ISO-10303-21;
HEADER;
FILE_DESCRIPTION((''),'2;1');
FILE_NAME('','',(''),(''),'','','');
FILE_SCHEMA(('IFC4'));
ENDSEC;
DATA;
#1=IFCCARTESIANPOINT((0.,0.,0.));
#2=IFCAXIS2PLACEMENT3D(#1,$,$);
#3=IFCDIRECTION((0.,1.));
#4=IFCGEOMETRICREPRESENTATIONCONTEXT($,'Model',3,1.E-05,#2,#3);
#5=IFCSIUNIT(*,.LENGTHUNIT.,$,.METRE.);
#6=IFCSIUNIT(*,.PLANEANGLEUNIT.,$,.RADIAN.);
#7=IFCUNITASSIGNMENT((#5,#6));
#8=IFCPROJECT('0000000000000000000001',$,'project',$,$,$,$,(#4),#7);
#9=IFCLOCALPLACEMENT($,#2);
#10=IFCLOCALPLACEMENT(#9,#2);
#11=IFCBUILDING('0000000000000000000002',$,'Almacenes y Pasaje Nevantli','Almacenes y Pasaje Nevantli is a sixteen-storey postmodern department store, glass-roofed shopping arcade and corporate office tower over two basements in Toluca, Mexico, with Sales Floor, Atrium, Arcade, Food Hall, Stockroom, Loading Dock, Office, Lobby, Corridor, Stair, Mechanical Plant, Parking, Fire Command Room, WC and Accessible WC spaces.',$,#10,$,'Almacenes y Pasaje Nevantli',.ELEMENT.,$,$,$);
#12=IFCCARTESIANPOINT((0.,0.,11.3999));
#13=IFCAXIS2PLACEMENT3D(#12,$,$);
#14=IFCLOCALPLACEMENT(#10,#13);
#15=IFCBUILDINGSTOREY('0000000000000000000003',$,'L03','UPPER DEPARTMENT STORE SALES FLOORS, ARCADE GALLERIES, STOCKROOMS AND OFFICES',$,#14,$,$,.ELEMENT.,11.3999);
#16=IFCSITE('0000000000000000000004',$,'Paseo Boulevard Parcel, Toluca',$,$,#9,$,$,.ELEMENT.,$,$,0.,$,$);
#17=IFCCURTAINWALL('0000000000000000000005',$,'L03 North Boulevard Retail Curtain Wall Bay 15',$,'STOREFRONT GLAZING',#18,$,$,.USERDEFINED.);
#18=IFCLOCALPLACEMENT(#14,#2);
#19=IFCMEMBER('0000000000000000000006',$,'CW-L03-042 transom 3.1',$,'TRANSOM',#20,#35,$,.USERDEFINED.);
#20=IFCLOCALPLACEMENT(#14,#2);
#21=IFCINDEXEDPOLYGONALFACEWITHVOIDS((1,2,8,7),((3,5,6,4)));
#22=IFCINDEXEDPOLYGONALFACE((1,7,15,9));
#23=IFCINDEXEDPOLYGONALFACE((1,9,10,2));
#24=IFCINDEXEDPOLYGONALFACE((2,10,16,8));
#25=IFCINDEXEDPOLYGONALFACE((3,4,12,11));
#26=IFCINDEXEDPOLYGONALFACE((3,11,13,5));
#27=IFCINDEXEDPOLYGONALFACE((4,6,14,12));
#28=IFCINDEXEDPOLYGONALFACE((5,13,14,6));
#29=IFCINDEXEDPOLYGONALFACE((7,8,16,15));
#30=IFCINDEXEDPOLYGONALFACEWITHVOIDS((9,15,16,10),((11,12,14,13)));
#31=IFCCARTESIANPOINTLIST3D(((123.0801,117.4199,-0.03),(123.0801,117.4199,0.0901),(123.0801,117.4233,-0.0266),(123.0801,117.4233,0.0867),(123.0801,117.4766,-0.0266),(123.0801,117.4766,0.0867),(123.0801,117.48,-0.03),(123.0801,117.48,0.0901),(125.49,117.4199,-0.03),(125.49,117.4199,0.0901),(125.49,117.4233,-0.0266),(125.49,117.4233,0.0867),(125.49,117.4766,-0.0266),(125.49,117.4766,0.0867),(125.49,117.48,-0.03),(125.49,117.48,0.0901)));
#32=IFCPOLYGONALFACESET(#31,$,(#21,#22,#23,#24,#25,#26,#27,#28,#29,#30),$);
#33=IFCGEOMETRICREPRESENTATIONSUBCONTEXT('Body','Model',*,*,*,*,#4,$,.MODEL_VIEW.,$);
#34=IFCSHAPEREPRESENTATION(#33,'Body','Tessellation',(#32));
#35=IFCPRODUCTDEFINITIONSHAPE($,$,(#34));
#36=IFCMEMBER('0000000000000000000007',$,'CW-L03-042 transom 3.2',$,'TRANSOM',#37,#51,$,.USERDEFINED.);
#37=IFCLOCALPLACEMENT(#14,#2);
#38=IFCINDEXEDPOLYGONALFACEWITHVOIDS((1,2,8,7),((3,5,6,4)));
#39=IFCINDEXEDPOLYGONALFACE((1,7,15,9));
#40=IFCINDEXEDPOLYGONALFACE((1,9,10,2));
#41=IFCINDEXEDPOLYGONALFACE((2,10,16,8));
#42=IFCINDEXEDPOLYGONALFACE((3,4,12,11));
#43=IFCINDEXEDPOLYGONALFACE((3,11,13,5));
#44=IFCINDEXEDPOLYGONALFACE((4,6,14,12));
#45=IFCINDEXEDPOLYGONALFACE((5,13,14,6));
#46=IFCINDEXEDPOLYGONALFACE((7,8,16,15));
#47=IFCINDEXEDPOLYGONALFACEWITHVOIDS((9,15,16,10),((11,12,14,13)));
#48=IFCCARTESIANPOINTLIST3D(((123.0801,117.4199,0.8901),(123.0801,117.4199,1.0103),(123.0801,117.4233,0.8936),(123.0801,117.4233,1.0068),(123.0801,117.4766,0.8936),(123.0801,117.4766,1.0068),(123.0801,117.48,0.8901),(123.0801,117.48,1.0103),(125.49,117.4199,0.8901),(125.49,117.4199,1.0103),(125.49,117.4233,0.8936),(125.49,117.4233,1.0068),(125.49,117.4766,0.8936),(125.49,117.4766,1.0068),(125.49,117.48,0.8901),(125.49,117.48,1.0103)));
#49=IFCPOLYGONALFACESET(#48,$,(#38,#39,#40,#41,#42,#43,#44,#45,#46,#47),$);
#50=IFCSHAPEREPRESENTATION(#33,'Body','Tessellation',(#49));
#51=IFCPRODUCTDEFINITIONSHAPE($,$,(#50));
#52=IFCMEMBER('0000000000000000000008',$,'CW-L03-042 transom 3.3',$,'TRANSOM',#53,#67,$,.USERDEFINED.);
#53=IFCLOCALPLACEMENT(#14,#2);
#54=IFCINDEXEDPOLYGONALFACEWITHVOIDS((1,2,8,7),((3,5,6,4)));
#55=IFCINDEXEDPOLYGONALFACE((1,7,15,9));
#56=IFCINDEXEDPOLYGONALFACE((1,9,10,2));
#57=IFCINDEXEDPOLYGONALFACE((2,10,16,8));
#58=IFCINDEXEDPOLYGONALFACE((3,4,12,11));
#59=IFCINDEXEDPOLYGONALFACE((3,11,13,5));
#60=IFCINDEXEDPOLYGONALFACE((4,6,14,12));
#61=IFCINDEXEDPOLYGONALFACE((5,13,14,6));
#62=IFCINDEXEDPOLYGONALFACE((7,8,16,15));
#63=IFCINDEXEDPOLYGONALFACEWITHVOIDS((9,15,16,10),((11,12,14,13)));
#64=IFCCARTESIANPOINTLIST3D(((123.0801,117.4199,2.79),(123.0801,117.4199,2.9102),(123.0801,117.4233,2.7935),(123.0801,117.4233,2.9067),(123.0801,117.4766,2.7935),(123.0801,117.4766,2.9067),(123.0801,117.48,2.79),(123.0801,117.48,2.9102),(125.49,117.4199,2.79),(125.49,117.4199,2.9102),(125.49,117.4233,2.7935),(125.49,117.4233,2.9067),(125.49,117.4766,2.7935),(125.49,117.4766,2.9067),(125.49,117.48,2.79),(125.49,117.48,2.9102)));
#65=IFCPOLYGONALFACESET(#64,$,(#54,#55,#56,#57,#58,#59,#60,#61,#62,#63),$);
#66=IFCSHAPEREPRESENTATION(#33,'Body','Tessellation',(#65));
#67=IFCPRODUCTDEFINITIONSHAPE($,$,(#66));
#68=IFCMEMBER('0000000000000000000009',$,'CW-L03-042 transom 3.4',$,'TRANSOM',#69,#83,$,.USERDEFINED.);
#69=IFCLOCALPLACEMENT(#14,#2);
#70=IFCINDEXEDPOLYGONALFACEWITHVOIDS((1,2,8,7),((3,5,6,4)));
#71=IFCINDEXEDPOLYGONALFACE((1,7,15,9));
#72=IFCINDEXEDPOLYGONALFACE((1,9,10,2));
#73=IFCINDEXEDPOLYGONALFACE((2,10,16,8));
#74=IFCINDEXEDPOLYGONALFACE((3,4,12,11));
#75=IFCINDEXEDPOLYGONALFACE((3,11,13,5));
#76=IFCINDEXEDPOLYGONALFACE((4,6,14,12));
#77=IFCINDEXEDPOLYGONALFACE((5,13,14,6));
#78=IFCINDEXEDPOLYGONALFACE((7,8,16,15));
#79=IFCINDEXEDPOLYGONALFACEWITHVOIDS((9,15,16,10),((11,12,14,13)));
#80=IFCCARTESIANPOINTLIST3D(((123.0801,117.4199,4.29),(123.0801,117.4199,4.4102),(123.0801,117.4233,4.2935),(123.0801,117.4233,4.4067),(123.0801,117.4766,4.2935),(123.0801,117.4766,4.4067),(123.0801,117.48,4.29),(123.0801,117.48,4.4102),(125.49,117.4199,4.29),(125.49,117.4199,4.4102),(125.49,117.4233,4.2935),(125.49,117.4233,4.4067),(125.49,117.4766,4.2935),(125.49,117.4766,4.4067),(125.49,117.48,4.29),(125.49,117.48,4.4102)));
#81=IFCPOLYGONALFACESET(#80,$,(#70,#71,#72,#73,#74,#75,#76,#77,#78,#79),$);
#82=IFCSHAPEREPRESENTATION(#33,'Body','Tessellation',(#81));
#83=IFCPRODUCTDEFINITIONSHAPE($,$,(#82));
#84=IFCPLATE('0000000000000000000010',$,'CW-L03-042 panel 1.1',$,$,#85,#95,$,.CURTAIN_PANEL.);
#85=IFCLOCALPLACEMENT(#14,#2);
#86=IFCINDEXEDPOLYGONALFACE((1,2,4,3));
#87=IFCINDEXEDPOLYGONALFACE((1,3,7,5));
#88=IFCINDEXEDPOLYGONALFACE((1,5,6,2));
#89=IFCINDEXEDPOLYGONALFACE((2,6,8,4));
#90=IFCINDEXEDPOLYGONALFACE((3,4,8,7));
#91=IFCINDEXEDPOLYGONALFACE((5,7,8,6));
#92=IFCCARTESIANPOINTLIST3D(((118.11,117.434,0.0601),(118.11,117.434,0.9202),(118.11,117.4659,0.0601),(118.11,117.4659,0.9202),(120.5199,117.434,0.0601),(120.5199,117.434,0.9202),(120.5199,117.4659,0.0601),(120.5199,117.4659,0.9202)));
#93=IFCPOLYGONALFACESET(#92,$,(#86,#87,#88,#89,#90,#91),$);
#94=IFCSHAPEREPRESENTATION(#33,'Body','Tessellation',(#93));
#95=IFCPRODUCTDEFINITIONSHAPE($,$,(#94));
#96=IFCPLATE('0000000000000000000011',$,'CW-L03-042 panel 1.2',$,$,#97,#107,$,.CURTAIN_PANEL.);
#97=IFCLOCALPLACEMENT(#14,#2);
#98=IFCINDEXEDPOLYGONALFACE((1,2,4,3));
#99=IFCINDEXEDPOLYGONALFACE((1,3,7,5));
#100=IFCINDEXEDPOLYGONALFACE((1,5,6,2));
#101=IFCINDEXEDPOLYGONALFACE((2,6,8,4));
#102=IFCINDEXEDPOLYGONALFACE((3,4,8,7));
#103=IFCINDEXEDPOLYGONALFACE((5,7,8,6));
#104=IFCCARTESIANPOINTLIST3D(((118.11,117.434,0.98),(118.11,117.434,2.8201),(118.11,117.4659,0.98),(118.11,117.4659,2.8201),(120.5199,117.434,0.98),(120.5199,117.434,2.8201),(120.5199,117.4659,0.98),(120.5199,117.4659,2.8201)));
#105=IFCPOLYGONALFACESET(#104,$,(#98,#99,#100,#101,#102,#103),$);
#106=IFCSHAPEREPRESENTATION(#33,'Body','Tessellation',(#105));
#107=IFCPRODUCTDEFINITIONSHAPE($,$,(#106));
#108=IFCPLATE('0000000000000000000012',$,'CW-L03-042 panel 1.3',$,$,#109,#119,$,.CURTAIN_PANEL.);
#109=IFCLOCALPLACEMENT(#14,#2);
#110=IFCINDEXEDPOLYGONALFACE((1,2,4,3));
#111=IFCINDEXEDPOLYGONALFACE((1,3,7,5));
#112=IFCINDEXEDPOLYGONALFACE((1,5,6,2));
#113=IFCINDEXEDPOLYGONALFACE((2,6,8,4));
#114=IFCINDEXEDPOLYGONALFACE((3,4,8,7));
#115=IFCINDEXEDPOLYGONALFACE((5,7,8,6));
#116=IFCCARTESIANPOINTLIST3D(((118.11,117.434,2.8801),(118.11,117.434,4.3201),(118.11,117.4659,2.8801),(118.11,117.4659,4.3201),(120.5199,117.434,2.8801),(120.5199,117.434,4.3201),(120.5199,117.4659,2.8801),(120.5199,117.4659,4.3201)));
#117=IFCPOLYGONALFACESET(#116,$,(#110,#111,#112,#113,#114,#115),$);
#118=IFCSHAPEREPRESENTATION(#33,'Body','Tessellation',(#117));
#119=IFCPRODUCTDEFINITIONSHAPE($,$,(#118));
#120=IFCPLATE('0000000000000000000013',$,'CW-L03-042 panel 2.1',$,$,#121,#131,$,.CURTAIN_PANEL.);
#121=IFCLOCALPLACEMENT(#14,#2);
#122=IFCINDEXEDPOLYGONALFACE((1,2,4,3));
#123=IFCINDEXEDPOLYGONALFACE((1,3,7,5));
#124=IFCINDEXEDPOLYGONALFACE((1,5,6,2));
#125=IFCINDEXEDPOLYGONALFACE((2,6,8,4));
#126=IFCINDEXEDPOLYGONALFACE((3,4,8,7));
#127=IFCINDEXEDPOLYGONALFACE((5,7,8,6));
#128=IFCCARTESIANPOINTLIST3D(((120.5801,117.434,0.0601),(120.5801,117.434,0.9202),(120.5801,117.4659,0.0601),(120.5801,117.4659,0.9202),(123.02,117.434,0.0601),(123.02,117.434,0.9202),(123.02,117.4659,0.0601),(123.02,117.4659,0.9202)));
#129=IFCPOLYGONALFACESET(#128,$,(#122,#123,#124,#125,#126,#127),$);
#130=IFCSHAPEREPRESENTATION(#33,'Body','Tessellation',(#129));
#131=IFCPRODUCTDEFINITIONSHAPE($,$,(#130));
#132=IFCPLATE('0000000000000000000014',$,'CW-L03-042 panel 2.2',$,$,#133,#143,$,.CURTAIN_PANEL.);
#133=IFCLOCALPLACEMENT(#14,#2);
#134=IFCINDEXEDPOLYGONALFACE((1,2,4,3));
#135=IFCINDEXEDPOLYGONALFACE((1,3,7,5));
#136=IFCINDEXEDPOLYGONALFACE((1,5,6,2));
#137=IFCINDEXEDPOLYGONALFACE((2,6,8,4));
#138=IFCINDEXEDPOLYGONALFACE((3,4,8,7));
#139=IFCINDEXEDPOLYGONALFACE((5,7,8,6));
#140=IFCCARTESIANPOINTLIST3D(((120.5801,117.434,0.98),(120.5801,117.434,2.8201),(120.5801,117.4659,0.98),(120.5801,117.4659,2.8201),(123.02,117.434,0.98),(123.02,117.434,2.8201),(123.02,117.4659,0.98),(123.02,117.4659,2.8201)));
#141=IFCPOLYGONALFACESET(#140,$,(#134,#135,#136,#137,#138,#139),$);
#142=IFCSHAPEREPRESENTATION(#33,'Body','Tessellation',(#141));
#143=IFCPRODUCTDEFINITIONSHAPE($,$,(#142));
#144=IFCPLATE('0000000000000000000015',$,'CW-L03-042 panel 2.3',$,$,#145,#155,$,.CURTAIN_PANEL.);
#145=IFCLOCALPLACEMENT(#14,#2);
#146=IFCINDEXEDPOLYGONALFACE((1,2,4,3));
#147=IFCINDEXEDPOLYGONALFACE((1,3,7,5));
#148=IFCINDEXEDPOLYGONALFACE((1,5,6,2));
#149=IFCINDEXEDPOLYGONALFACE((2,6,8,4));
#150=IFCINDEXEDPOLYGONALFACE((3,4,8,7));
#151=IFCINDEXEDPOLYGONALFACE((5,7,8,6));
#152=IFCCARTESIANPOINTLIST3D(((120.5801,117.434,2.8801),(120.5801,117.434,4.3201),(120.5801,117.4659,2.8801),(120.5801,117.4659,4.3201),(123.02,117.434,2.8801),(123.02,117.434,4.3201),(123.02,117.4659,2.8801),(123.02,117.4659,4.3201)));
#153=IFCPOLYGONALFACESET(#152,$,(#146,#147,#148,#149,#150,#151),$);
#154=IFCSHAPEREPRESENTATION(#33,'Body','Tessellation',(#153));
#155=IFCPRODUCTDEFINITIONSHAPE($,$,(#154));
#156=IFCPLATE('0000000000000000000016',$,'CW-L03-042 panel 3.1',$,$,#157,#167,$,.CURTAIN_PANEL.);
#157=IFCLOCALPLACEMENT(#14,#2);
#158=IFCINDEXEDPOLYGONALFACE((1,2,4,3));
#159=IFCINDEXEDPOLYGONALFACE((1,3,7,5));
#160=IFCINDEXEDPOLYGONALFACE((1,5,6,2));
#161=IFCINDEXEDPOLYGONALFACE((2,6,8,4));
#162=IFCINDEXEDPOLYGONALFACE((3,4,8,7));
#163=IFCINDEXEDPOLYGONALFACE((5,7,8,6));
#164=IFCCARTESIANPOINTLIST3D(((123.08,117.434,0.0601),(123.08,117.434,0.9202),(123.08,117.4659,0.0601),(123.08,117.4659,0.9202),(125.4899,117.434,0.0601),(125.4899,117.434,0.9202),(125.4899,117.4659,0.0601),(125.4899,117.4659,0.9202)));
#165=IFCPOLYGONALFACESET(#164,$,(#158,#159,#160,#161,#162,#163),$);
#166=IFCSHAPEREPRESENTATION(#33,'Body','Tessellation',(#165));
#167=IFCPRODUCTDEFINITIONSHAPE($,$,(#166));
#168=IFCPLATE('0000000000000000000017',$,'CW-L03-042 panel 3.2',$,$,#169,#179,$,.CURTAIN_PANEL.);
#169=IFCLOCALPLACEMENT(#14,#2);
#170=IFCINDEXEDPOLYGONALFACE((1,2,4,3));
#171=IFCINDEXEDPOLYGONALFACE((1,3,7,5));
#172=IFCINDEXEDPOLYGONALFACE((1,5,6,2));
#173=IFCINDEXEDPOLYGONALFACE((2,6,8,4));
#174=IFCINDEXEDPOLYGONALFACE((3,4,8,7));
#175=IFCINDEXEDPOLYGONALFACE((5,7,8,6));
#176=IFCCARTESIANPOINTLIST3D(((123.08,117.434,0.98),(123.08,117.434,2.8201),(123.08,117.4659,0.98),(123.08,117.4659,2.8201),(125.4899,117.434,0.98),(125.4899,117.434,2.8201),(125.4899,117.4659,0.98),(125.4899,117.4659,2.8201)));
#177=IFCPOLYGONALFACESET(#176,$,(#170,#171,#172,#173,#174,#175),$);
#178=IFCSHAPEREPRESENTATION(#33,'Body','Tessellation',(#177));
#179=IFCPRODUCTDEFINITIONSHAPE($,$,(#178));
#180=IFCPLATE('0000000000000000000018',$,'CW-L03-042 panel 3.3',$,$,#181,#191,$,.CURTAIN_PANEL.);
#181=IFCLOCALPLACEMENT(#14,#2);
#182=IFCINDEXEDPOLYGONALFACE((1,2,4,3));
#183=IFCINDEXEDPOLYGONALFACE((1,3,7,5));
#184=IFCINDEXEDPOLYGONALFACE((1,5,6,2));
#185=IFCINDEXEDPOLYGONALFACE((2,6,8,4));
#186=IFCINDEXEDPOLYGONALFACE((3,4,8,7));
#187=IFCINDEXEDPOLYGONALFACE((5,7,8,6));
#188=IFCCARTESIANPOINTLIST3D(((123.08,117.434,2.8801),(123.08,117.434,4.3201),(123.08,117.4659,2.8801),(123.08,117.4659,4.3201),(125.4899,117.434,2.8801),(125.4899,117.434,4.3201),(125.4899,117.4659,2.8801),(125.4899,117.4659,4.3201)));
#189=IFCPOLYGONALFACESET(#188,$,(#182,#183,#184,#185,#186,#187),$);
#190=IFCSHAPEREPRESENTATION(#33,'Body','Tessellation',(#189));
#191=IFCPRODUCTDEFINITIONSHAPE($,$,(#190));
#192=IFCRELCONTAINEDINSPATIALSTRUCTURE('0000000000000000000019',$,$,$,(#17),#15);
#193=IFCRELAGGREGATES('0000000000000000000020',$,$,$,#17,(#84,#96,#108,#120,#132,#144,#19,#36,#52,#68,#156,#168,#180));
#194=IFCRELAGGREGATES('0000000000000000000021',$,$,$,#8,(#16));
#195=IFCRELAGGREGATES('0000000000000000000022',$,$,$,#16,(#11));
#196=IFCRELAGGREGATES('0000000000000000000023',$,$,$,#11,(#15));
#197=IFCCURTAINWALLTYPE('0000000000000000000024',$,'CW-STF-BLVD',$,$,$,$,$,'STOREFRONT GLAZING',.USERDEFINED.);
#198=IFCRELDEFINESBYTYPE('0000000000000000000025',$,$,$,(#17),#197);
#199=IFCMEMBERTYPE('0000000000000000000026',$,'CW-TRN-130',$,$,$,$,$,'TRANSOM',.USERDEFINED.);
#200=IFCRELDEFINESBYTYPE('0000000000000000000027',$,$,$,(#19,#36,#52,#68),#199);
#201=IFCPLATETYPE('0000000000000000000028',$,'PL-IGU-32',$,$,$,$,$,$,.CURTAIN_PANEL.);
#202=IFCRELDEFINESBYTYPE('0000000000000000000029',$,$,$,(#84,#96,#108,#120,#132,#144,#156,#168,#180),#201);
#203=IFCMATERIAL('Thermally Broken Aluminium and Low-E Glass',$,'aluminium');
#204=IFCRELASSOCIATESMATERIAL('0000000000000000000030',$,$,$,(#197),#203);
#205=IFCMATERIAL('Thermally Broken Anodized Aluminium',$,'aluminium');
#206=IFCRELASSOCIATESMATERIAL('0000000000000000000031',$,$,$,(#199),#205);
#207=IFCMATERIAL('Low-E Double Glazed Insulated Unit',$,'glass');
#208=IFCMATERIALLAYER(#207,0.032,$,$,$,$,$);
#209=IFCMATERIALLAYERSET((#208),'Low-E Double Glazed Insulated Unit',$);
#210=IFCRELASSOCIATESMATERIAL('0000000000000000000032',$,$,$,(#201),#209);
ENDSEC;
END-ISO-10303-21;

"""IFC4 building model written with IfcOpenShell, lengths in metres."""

from ifc_helpers import new_model, si_unit, direction, frame, origin, origin_2d, place, context, subcontext, project, spatial, rectangle, hollow_rectangle, extrude, material, layer, layer_set, material_profile, profile_set, type_object, element, aggregate, save


model = new_model("IFC4")

# Units and contexts
model_context = context("Model", 3, precision=1e-05, world=origin(), true_north=direction((0.0, 1.0)))
body_context = subcontext(model_context, "Body", "Model", "MODEL_VIEW")
ifc_project = project(units=[si_unit("LENGTHUNIT", "METRE"), si_unit("PLANEANGLEUNIT", "RADIAN")], contexts=[model_context])

# Site, building, storey
site_placement = place(None, origin())
site = spatial("IfcSite", under=ifc_project, at=site_placement, Name="Paseo Boulevard Parcel, Toluca", CompositionType="ELEMENT", RefElevation=0.0)
building_placement = place(site_placement, origin())
building = spatial("IfcBuilding", under=site, at=building_placement, Name="Almacenes y Pasaje Nevantli", Description="Almacenes y Pasaje Nevantli is a sixteen-storey postmodern department store, glass-roofed shopping arcade and corporate office tower over two basements in Toluca, Mexico, with Sales Floor, Atrium, Arcade, Food Hall, Stockroom, Loading Dock, Office, Lobby, Corridor, Stair, Mechanical Plant, Parking, Fire Command Room, WC and Accessible WC spaces.", LongName="Almacenes y Pasaje Nevantli", CompositionType="ELEMENT")
storey_placement = place(building_placement, frame((0.0, 0.0, 11.3999)))
storey = spatial("IfcBuildingStorey", under=building, at=storey_placement, Name="L03", Description="UPPER DEPARTMENT STORE SALES FLOORS, ARCADE GALLERIES, STOCKROOMS AND OFFICES", CompositionType="ELEMENT", Elevation=11.3999)

# Curtain wall, members, plates
ifc_material_1 = material(Name="Thermally Broken Aluminium and Low-E Glass", Category="aluminium")
curtain_wall_type = type_object("IfcCurtainWallType", Name="CW-STF-BLVD", ElementType="STOREFRONT GLAZING", PredefinedType="USERDEFINED", material=ifc_material_1)
curtain_wall_placement = place(storey_placement, origin())
curtain_wall = element("IfcCurtainWall", 1, at=curtain_wall_placement, inside=storey, type_object=curtain_wall_type, Name="L03 North Boulevard Retail Curtain Wall Bay 15", ObjectType="STOREFRONT GLAZING", PredefinedType="USERDEFINED")
ifc_material_2 = material(Name="Thermally Broken Anodized Aluminium", Category="aluminium")
ifc_material_profile_1 = material_profile(ifc_material_2, hollow_rectangle(XDim=0.0601, YDim=0.1201, WallThickness=0.0034, at=origin_2d()), Name="ALU-TRN-60x120")
ifc_profile_set_1 = profile_set([ifc_material_profile_1], Name="Thermally Broken Anodized Aluminium")
member_type_1 = type_object("IfcMemberType", Name="CW-TRN-130", ElementType="TRANSOM", PredefinedType="USERDEFINED", material=ifc_profile_set_1)
member_1_placement = place(storey_placement, frame((123.0801, 117.45, 0.03), z_axis=(1.0, 0.0, 0.0), x_axis=(0.0, 1.0, 0.0)))
member_1 = element("IfcMember", 2, at=member_1_placement, type_object=member_type_1, Name="CW-L03-042 transom 3.1", ObjectType="TRANSOM", PredefinedType="USERDEFINED", context=body_context, shape_type="SweptSolid", body=[
    extrude(hollow_rectangle(XDim=0.0601, YDim=0.1201, WallThickness=0.0034, at=origin_2d()), origin(), (0.0, 0.0, 1.0), 2.4099),
])
member_2_placement = place(storey_placement, frame((123.0801, 117.45, 0.9502), z_axis=(1.0, 0.0, 0.0), x_axis=(0.0, 1.0, 0.0)))
member_2 = element("IfcMember", 3, at=member_2_placement, type_object=member_type_1, Name="CW-L03-042 transom 3.2", ObjectType="TRANSOM", PredefinedType="USERDEFINED", context=body_context, shape_type="SweptSolid", body=[
    extrude(hollow_rectangle(XDim=0.0601, YDim=0.1201, WallThickness=0.0034, at=origin_2d()), origin(), (0.0, 0.0, 1.0), 2.4099),
])
member_3_placement = place(storey_placement, frame((123.0801, 117.45, 2.8501), z_axis=(1.0, 0.0, 0.0), x_axis=(0.0, 1.0, 0.0)))
member_3 = element("IfcMember", 4, at=member_3_placement, type_object=member_type_1, Name="CW-L03-042 transom 3.3", ObjectType="TRANSOM", PredefinedType="USERDEFINED", context=body_context, shape_type="SweptSolid", body=[
    extrude(hollow_rectangle(XDim=0.0601, YDim=0.1201, WallThickness=0.0034, at=origin_2d()), origin(), (0.0, 0.0, 1.0), 2.4099),
])
member_4_placement = place(storey_placement, frame((123.0801, 117.45, 4.3501), z_axis=(1.0, 0.0, 0.0), x_axis=(0.0, 1.0, 0.0)))
member_4 = element("IfcMember", 5, at=member_4_placement, type_object=member_type_1, Name="CW-L03-042 transom 3.4", ObjectType="TRANSOM", PredefinedType="USERDEFINED", context=body_context, shape_type="SweptSolid", body=[
    extrude(hollow_rectangle(XDim=0.0601, YDim=0.1201, WallThickness=0.0034, at=origin_2d()), origin(), (0.0, 0.0, 1.0), 2.4099),
])
ifc_material_3 = material(Name="Low-E Double Glazed Insulated Unit", Category="glass")
ifc_layer_1 = layer(ifc_material_3, 0.032)
ifc_layer_set_1 = layer_set([ifc_layer_1], Name="Low-E Double Glazed Insulated Unit")
plate_type = type_object("IfcPlateType", Name="PL-IGU-32", PredefinedType="CURTAIN_PANEL", material=ifc_layer_set_1)
plate_1_placement = place(storey_placement, frame((119.3149, 117.45, 0.0601), z_axis=(0.0, 0.0, 1.0), x_axis=(1.0, 0.0, 0.0)))
plate_1 = element("IfcPlate", 6, at=plate_1_placement, type_object=plate_type, Name="CW-L03-042 panel 1.1", PredefinedType="CURTAIN_PANEL", context=body_context, shape_type="SweptSolid", body=[
    extrude(rectangle(XDim=2.4099, YDim=0.032, at=origin_2d()), origin(), (0.0, 0.0, 1.0), 0.8601),
])
plate_2_placement = place(storey_placement, frame((119.3149, 117.45, 0.98), z_axis=(0.0, 0.0, 1.0), x_axis=(1.0, 0.0, 0.0)))
plate_2 = element("IfcPlate", 7, at=plate_2_placement, type_object=plate_type, Name="CW-L03-042 panel 1.2", PredefinedType="CURTAIN_PANEL", context=body_context, shape_type="SweptSolid", body=[
    extrude(rectangle(XDim=2.4099, YDim=0.032, at=origin_2d()), origin(), (0.0, 0.0, 1.0), 1.8401),
])
plate_3_placement = place(storey_placement, frame((119.3149, 117.45, 2.8801), z_axis=(0.0, 0.0, 1.0), x_axis=(1.0, 0.0, 0.0)))
plate_3 = element("IfcPlate", 8, at=plate_3_placement, type_object=plate_type, Name="CW-L03-042 panel 1.3", PredefinedType="CURTAIN_PANEL", context=body_context, shape_type="SweptSolid", body=[
    extrude(rectangle(XDim=2.4099, YDim=0.032, at=origin_2d()), origin(), (0.0, 0.0, 1.0), 1.4399),
])
plate_4_placement = place(storey_placement, frame((121.8, 117.45, 0.0601), z_axis=(0.0, 0.0, 1.0), x_axis=(1.0, 0.0, 0.0)))
plate_4 = element("IfcPlate", 9, at=plate_4_placement, type_object=plate_type, Name="CW-L03-042 panel 2.1", PredefinedType="CURTAIN_PANEL", context=body_context, shape_type="SweptSolid", body=[
    extrude(rectangle(XDim=2.4399, YDim=0.032, at=origin_2d()), origin(), (0.0, 0.0, 1.0), 0.8601),
])
plate_5_placement = place(storey_placement, frame((121.8, 117.45, 0.98), z_axis=(0.0, 0.0, 1.0), x_axis=(1.0, 0.0, 0.0)))
plate_5 = element("IfcPlate", 10, at=plate_5_placement, type_object=plate_type, Name="CW-L03-042 panel 2.2", PredefinedType="CURTAIN_PANEL", context=body_context, shape_type="SweptSolid", body=[
    extrude(rectangle(XDim=2.4399, YDim=0.032, at=origin_2d()), origin(), (0.0, 0.0, 1.0), 1.8401),
])
plate_6_placement = place(storey_placement, frame((121.8, 117.45, 2.8801), z_axis=(0.0, 0.0, 1.0), x_axis=(1.0, 0.0, 0.0)))
plate_6 = element("IfcPlate", 11, at=plate_6_placement, type_object=plate_type, Name="CW-L03-042 panel 2.3", PredefinedType="CURTAIN_PANEL", context=body_context, shape_type="SweptSolid", body=[
    extrude(rectangle(XDim=2.4399, YDim=0.032, at=origin_2d()), origin(), (0.0, 0.0, 1.0), 1.4399),
])
plate_7_placement = place(storey_placement, frame((124.2849, 117.45, 0.0601), z_axis=(0.0, 0.0, 1.0), x_axis=(1.0, 0.0, 0.0)))
plate_7 = element("IfcPlate", 12, at=plate_7_placement, type_object=plate_type, Name="CW-L03-042 panel 3.1", PredefinedType="CURTAIN_PANEL", context=body_context, shape_type="SweptSolid", body=[
    extrude(rectangle(XDim=2.4099, YDim=0.032, at=origin_2d()), origin(), (0.0, 0.0, 1.0), 0.8601),
])
plate_8_placement = place(storey_placement, frame((124.2849, 117.45, 0.98), z_axis=(0.0, 0.0, 1.0), x_axis=(1.0, 0.0, 0.0)))
plate_8 = element("IfcPlate", 13, at=plate_8_placement, type_object=plate_type, Name="CW-L03-042 panel 3.2", PredefinedType="CURTAIN_PANEL", context=body_context, shape_type="SweptSolid", body=[
    extrude(rectangle(XDim=2.4099, YDim=0.032, at=origin_2d()), origin(), (0.0, 0.0, 1.0), 1.8401),
])
plate_9_placement = place(storey_placement, frame((124.2849, 117.45, 2.8801), z_axis=(0.0, 0.0, 1.0), x_axis=(1.0, 0.0, 0.0)))
plate_9 = element("IfcPlate", 14, at=plate_9_placement, type_object=plate_type, Name="CW-L03-042 panel 3.3", PredefinedType="CURTAIN_PANEL", context=body_context, shape_type="SweptSolid", body=[
    extrude(rectangle(XDim=2.4099, YDim=0.032, at=origin_2d()), origin(), (0.0, 0.0, 1.0), 1.4399),
])
aggregate(curtain_wall, [plate_1, plate_2, plate_3, plate_4, plate_5, plate_6, member_1, member_2, member_3, member_4, plate_7, plate_8, plate_9])

save(model, "model.ifc")
